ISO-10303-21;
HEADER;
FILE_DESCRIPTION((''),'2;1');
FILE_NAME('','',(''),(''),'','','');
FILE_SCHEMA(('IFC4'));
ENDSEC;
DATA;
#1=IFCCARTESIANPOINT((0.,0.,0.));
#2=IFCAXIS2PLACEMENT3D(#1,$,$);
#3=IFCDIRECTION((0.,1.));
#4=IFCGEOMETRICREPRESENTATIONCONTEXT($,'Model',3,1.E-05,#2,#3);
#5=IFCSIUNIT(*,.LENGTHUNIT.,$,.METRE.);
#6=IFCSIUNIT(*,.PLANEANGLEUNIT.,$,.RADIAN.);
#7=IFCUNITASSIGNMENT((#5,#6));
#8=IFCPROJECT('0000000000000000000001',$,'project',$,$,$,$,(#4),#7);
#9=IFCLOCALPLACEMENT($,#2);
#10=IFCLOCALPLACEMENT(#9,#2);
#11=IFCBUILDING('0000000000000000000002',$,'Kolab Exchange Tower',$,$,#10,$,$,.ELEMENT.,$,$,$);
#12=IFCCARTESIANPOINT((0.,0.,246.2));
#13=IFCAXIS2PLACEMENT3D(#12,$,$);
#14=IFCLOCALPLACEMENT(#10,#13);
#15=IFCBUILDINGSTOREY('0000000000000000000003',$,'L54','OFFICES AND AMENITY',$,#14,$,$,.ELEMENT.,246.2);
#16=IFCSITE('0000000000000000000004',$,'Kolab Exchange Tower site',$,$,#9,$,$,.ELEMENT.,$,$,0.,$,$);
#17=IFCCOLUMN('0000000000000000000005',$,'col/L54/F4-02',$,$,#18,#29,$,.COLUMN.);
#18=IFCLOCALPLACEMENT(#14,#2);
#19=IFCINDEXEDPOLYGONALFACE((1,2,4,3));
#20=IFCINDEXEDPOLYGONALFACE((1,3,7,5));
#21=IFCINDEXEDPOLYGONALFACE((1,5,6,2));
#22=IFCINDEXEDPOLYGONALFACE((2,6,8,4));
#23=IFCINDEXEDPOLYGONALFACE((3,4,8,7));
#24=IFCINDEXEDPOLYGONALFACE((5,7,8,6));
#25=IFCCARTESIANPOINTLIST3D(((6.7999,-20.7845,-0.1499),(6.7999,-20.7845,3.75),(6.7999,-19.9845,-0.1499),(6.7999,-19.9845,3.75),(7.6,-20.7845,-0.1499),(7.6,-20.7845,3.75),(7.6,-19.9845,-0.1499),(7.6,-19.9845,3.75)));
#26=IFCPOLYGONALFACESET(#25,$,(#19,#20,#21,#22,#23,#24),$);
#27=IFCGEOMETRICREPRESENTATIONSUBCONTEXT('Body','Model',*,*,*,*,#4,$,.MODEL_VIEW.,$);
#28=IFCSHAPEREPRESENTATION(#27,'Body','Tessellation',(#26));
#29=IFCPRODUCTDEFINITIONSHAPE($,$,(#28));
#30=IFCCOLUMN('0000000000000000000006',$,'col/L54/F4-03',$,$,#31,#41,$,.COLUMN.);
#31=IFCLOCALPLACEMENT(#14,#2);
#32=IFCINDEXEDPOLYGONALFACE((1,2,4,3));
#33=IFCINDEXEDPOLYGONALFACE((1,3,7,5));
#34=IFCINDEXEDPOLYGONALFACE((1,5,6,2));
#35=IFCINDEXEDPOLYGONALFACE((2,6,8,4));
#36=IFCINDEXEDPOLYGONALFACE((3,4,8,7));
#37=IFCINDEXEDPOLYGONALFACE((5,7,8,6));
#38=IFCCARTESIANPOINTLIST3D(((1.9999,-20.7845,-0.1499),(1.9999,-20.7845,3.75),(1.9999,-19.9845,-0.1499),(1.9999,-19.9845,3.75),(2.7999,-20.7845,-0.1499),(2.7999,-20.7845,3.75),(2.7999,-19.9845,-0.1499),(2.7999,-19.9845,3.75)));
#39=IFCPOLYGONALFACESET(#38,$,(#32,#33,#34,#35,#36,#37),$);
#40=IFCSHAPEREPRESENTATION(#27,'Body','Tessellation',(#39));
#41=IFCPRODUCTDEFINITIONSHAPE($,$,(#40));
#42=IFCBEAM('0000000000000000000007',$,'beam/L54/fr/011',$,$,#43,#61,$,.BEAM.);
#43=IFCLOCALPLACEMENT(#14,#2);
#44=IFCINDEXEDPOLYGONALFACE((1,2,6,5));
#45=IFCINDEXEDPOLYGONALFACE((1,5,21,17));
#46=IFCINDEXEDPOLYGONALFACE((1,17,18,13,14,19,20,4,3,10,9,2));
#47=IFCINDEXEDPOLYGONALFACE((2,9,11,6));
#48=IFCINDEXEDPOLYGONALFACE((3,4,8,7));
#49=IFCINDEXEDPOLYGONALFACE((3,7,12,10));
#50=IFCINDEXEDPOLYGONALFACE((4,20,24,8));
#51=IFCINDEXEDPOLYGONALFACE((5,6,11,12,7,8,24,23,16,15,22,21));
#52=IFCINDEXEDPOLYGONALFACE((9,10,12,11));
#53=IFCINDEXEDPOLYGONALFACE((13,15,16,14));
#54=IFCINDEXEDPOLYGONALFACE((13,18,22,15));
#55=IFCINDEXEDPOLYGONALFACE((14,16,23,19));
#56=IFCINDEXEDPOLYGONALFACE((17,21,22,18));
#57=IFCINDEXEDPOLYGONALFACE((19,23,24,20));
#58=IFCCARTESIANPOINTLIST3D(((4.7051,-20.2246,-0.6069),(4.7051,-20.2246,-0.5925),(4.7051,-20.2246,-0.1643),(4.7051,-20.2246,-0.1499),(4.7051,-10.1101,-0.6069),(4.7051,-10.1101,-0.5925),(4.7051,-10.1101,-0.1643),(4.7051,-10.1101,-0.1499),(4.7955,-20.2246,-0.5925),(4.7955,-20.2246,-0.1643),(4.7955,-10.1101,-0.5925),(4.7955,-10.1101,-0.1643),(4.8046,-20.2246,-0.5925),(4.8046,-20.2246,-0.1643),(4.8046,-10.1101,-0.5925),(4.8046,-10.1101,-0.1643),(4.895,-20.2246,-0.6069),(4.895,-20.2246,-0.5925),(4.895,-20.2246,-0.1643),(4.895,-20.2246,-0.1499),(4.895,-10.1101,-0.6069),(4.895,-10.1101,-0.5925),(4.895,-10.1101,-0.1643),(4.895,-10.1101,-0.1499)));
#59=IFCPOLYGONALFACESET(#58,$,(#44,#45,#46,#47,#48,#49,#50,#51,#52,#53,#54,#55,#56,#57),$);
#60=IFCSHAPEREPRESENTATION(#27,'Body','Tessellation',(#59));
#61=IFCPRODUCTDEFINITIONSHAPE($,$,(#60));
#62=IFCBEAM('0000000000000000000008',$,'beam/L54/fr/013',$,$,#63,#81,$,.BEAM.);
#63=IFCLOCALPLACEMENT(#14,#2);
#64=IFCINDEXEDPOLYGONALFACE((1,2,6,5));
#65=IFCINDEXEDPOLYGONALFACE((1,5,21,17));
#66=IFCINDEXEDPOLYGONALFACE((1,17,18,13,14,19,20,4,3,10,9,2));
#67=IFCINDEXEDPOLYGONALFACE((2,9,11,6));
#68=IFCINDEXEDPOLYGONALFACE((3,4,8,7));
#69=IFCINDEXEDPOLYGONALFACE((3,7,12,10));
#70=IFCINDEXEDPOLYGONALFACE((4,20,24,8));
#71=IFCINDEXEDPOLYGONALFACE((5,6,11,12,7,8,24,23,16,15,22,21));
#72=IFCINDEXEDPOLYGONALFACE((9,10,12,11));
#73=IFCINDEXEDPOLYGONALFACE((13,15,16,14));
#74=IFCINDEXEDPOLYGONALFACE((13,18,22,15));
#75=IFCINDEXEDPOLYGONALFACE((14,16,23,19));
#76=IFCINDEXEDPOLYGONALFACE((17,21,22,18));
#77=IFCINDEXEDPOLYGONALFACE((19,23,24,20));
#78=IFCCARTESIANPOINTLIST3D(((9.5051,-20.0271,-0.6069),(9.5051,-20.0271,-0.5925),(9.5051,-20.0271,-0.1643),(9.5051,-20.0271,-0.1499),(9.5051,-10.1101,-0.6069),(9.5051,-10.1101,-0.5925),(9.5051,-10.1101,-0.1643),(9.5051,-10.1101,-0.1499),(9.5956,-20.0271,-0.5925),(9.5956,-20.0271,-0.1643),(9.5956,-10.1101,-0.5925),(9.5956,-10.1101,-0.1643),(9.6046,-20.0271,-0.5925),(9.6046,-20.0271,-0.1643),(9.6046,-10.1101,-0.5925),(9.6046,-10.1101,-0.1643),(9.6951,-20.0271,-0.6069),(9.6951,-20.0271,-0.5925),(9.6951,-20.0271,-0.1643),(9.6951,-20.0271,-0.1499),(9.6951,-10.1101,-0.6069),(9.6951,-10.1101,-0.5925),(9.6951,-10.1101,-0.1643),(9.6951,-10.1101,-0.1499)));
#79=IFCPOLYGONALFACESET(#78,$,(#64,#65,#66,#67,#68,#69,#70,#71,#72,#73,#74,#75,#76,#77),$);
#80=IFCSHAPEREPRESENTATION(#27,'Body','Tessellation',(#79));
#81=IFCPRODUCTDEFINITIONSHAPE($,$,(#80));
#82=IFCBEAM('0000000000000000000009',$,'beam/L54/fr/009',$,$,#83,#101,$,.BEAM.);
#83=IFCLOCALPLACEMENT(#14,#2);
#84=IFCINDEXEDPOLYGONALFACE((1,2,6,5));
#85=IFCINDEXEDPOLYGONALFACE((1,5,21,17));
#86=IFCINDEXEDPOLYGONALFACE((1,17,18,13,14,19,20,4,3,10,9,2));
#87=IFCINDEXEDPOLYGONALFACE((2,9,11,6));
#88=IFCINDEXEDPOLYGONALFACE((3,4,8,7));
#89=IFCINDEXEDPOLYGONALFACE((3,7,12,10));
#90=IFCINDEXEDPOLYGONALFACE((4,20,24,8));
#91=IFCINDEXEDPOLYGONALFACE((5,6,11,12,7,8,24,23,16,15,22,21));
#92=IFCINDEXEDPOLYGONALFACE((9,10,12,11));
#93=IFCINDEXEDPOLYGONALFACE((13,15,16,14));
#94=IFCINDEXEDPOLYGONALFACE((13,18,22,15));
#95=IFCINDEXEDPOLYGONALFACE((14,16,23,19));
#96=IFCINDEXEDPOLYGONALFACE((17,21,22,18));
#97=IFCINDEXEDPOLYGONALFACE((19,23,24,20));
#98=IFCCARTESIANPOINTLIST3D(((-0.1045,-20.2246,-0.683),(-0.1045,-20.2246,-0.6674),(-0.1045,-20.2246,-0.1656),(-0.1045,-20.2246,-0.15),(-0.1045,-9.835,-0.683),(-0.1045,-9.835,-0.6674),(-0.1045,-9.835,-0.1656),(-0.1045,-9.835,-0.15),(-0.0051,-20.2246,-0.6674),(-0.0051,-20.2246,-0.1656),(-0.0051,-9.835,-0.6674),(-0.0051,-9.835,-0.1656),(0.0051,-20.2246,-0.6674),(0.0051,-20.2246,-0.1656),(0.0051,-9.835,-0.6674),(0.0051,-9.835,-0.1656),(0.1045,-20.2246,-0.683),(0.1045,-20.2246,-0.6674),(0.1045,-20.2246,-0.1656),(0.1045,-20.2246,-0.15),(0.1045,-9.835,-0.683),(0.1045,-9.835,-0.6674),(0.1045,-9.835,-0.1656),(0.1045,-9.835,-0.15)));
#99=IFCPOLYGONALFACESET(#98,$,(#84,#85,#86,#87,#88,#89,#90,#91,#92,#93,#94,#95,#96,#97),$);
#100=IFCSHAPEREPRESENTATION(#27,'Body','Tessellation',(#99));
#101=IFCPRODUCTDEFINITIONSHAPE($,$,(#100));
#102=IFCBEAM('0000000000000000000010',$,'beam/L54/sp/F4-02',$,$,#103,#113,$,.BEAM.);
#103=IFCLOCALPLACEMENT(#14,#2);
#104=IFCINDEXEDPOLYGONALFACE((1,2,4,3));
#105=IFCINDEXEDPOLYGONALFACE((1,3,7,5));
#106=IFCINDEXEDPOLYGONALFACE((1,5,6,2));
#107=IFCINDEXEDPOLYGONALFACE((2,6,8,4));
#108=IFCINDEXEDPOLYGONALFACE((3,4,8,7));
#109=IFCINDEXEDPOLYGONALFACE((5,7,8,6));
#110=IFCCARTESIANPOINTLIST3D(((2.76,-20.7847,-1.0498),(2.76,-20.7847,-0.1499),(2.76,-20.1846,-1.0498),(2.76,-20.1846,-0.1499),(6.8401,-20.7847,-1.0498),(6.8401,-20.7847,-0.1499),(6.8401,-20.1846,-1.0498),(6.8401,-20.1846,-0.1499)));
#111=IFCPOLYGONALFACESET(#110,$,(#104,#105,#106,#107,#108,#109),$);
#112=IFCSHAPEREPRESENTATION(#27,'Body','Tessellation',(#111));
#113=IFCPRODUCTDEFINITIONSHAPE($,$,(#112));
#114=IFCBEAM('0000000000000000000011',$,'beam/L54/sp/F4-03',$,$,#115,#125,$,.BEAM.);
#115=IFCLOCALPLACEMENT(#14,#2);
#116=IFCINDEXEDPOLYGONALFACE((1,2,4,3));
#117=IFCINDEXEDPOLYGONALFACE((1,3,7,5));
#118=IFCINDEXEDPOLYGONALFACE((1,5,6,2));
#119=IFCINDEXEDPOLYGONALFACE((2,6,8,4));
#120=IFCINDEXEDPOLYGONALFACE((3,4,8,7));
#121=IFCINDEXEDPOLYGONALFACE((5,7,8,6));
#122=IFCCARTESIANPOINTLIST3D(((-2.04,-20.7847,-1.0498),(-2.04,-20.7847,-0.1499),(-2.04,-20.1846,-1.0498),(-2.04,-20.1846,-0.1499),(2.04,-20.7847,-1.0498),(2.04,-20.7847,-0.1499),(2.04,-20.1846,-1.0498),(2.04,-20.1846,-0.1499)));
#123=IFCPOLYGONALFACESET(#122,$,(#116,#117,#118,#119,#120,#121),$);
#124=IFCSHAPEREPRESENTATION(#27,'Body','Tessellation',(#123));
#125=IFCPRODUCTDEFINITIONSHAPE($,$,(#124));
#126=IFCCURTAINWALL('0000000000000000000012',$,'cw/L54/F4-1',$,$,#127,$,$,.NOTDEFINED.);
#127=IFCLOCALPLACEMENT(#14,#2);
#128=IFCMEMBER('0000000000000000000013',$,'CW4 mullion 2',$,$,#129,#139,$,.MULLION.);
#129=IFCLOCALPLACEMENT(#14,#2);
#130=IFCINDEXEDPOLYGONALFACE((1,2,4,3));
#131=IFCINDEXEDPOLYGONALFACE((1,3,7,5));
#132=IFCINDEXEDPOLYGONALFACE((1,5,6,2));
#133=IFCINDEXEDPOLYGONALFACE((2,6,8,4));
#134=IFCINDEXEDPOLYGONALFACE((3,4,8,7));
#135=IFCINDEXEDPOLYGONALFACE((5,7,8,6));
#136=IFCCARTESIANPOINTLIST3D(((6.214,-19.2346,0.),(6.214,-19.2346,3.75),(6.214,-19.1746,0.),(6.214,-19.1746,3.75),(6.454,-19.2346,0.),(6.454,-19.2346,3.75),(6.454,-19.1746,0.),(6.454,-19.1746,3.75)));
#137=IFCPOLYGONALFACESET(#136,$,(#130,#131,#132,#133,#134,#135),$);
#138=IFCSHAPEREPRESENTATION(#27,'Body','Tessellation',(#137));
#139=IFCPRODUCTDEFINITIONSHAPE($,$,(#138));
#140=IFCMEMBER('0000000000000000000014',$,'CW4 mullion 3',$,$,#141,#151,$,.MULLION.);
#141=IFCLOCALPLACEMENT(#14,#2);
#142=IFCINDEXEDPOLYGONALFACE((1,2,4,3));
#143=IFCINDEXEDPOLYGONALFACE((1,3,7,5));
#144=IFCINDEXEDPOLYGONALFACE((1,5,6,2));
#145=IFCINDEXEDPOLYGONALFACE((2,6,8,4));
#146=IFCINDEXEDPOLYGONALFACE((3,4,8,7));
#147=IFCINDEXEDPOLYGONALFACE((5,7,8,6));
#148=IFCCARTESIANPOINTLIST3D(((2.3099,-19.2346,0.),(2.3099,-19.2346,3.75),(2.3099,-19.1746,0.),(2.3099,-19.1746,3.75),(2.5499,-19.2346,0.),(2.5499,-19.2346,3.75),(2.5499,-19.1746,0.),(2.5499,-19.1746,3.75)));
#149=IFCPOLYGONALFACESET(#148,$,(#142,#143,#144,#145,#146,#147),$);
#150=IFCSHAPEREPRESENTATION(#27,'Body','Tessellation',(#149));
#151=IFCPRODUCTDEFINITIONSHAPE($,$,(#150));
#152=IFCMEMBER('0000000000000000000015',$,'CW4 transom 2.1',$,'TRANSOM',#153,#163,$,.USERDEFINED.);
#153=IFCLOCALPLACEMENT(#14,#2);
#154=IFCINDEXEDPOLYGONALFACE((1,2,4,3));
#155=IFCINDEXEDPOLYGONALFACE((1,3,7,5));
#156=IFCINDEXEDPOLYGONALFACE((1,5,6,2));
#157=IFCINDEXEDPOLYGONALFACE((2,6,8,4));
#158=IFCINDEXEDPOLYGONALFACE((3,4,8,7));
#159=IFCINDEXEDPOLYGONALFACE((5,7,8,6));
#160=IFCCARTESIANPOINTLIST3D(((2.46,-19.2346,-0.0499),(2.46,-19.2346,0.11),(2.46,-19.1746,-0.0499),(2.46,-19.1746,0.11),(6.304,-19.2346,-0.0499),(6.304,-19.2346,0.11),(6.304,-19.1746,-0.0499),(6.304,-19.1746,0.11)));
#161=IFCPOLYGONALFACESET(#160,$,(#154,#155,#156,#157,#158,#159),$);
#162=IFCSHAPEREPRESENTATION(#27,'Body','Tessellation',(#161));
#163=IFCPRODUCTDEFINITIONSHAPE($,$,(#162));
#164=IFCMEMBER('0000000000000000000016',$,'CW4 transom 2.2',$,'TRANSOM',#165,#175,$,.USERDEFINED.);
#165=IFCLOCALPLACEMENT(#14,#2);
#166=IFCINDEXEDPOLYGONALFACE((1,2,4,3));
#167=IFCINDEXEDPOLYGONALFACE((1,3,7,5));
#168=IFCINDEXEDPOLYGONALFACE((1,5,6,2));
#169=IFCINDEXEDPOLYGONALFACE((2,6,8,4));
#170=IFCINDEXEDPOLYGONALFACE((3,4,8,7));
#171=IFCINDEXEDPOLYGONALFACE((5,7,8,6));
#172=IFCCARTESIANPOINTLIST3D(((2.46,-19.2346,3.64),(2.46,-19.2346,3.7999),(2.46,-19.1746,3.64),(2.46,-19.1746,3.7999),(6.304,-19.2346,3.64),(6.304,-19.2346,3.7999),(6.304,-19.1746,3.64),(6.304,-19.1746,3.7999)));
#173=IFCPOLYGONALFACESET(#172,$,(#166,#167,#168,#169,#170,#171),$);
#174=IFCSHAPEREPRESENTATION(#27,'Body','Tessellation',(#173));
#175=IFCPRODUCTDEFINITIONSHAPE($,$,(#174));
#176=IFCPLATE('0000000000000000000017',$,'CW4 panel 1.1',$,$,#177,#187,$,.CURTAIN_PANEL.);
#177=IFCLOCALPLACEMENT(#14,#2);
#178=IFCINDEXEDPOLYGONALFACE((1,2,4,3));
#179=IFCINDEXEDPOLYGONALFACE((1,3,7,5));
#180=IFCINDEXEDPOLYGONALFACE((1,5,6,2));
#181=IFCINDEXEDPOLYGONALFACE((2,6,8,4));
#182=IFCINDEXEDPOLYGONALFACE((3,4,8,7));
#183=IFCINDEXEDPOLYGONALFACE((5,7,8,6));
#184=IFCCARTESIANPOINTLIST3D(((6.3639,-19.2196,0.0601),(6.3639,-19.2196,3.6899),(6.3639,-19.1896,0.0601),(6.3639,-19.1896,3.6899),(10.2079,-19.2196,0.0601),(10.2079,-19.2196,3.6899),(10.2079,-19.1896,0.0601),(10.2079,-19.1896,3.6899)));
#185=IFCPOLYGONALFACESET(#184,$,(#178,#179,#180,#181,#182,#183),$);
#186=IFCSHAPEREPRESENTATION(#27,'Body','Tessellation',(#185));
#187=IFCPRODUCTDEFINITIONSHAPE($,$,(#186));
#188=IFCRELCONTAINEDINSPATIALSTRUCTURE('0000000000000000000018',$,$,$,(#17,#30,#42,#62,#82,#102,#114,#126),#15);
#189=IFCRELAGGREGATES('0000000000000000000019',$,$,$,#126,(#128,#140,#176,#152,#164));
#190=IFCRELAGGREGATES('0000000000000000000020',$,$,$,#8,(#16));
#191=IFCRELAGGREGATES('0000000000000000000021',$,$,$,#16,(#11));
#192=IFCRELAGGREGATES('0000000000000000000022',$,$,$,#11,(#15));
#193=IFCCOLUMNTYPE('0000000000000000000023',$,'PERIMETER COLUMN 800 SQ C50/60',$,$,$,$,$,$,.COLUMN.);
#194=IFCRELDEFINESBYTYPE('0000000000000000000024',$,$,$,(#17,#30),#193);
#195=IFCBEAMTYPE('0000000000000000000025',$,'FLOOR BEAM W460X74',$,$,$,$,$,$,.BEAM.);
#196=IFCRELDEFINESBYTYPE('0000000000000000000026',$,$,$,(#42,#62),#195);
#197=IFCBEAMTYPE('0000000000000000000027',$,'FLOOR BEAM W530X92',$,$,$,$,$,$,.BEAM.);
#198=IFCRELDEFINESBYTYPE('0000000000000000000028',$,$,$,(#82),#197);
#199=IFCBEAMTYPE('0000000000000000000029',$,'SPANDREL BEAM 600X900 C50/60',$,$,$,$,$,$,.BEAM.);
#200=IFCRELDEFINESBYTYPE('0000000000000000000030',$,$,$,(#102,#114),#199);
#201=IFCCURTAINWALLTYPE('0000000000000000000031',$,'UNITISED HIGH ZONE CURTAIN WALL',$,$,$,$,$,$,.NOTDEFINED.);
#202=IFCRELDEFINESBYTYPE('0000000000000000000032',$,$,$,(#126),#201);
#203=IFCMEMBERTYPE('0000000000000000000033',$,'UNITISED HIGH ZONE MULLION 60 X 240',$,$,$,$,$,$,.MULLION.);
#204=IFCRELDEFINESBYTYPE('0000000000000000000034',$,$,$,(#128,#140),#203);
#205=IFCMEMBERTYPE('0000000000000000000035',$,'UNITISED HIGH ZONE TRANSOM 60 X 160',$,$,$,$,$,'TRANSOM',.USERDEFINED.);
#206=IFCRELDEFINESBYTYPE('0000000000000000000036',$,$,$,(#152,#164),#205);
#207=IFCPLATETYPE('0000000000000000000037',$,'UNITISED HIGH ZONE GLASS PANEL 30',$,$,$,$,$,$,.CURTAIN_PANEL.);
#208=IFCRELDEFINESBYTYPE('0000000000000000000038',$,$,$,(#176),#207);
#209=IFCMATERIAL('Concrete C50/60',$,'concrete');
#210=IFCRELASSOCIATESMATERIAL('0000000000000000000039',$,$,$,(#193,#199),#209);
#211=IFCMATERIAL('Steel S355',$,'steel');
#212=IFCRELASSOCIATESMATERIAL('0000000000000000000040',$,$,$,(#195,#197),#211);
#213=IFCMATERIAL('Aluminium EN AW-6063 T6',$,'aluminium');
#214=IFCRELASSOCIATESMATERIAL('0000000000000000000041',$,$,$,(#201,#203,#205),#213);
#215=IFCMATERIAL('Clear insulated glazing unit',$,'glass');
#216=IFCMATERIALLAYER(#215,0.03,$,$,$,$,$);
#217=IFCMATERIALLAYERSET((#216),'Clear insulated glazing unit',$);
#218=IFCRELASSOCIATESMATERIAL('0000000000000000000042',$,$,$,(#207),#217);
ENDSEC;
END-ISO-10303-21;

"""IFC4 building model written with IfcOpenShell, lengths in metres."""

from ifc_helpers import new_model, si_unit, direction, frame, origin, origin_2d, place, context, subcontext, project, spatial, rectangle, i_section, extrude, material, layer, layer_set, material_profile, profile_set, type_object, element, aggregate, save


model = new_model("IFC4")

# Units and contexts
model_context = context("Model", 3, precision=1e-05, world=origin(), true_north=direction((0.0, 1.0)))
body_context = subcontext(model_context, "Body", "Model", "MODEL_VIEW")
ifc_project = project(units=[si_unit("LENGTHUNIT", "METRE"), si_unit("PLANEANGLEUNIT", "RADIAN")], contexts=[model_context])

# Site, building, storey
site_placement = place(None, origin())
site = spatial("IfcSite", under=ifc_project, at=site_placement, Name="Kolab Exchange Tower site", CompositionType="ELEMENT", RefElevation=0.0)
building_placement = place(site_placement, origin())
building = spatial("IfcBuilding", under=site, at=building_placement, Name="Kolab Exchange Tower", CompositionType="ELEMENT")
storey_placement = place(building_placement, frame((0.0, 0.0, 246.2)))
storey = spatial("IfcBuildingStorey", under=building, at=storey_placement, Name="L54", Description="OFFICES AND AMENITY", CompositionType="ELEMENT", Elevation=246.2)

# Columns
ifc_material_1 = material(Name="Concrete C50/60", Category="concrete")
ifc_material_profile_1 = material_profile(ifc_material_1, rectangle(XDim=0.8, YDim=0.8, at=origin_2d()), Name="RC800")
ifc_profile_set_1 = profile_set([ifc_material_profile_1], Name="Concrete C50/60")
column_type = type_object("IfcColumnType", Name="PERIMETER COLUMN 800 SQ C50/60", PredefinedType="COLUMN", material=ifc_profile_set_1)
for number, where, z_axis, x_axis, name in (
    (1, (7.2, -20.3845, -0.1499), (0.0, 0.0, 1.0), (1.0, 0.0, 0.0), "col/L54/F4-02"),
    (2, (2.3999, -20.3845, -0.1499), (0.0, 0.0, 1.0), (1.0, 0.0, 0.0), "col/L54/F4-03"),
):
    element("IfcColumn", number, at=place(storey_placement, frame(where, z_axis=z_axis, x_axis=x_axis)), inside=storey, type_object=column_type, Name=name, PredefinedType="COLUMN", context=body_context, shape_type="SweptSolid", body=[
        extrude(rectangle(XDim=0.8, YDim=0.8, at=origin_2d()), origin(), (0.0, 0.0, 1.0), 3.8999),
    ])

# Beams
ifc_material_2 = material(Name="Steel S355", Category="steel")
ifc_material_profile_2 = material_profile(ifc_material_2, i_section(OverallWidth=0.1899, OverallDepth=0.457, WebThickness=0.009, FlangeThickness=0.0144, at=origin_2d()), Name="W460X74")
ifc_profile_set_2 = profile_set([ifc_material_profile_2], Name="Steel S355")
beam_type_1 = type_object("IfcBeamType", Name="FLOOR BEAM W460X74", PredefinedType="BEAM", material=ifc_profile_set_2)
beam_1_placement = place(storey_placement, frame((4.8, -20.2246, -0.3784), z_axis=(0.0, 1.0, 0.0), x_axis=(-1.0, 0.0, 0.0)))
element("IfcBeam", 3, at=beam_1_placement, inside=storey, type_object=beam_type_1, Name="beam/L54/fr/011", PredefinedType="BEAM", context=body_context, shape_type="SweptSolid", body=[
    extrude(i_section(OverallWidth=0.1899, OverallDepth=0.457, WebThickness=0.009, FlangeThickness=0.0144, at=origin_2d()), origin(), (0.0, 0.0, 1.0), 10.1145),
])
beam_2_placement = place(storey_placement, frame((9.6001, -20.0271, -0.3784), z_axis=(0.0, 1.0, 0.0), x_axis=(-1.0, 0.0, 0.0)))
element("IfcBeam", 4, at=beam_2_placement, inside=storey, type_object=beam_type_1, Name="beam/L54/fr/013", PredefinedType="BEAM", context=body_context, shape_type="SweptSolid", body=[
    extrude(i_section(OverallWidth=0.1899, OverallDepth=0.457, WebThickness=0.009, FlangeThickness=0.0144, at=origin_2d()), origin(), (0.0, 0.0, 1.0), 9.917),
])
ifc_material_profile_3 = material_profile(ifc_material_2, i_section(OverallWidth=0.209, OverallDepth=0.533, WebThickness=0.0103, FlangeThickness=0.0156, at=origin_2d()), Name="W530X92")
ifc_profile_set_3 = profile_set([ifc_material_profile_3], Name="Steel S355")
beam_type_2 = type_object("IfcBeamType", Name="FLOOR BEAM W530X92", PredefinedType="BEAM", material=ifc_profile_set_3)
beam_3_placement = place(storey_placement, frame((0.0, -20.2246, -0.4165), z_axis=(0.0, 1.0, 0.0), x_axis=(-1.0, 0.0, 0.0)))
element("IfcBeam", 5, at=beam_3_placement, inside=storey, type_object=beam_type_2, Name="beam/L54/fr/009", PredefinedType="BEAM", context=body_context, shape_type="SweptSolid", body=[
    extrude(i_section(OverallWidth=0.209, OverallDepth=0.533, WebThickness=0.0103, FlangeThickness=0.0156, at=origin_2d()), origin(), (0.0, 0.0, 1.0), 10.3896),
])
ifc_material_profile_4 = material_profile(ifc_material_1, rectangle(XDim=0.6001, YDim=0.8999, at=origin_2d()), Name="RC600X900")
ifc_profile_set_4 = profile_set([ifc_material_profile_4], Name="Concrete C50/60")
beam_type_3 = type_object("IfcBeamType", Name="SPANDREL BEAM 600X900 C50/60", PredefinedType="BEAM", material=ifc_profile_set_4)
for number, where, z_axis, x_axis, name in (
    (6, (6.8401, -20.4846, -0.5999), (-1.0, 0.0, 0.0), (0.0, -1.0, 0.0), "beam/L54/sp/F4-02"),
    (7, (2.04, -20.4846, -0.5999), (-1.0, 0.0, 0.0), (0.0, -1.0, 0.0), "beam/L54/sp/F4-03"),
):
    element("IfcBeam", number, at=place(storey_placement, frame(where, z_axis=z_axis, x_axis=x_axis)), inside=storey, type_object=beam_type_3, Name=name, PredefinedType="BEAM", context=body_context, shape_type="SweptSolid", body=[
        extrude(rectangle(XDim=0.6001, YDim=0.8999, at=origin_2d()), origin(), (0.0, 0.0, 1.0), 4.0801),
    ])

# Curtain wall, members, plate
ifc_material_3 = material(Name="Aluminium EN AW-6063 T6", Category="aluminium")
curtain_wall_type = type_object("IfcCurtainWallType", Name="UNITISED HIGH ZONE CURTAIN WALL", PredefinedType="NOTDEFINED", material=ifc_material_3)
curtain_wall_placement = place(storey_placement, origin())
curtain_wall = element("IfcCurtainWall", 8, at=curtain_wall_placement, inside=storey, type_object=curtain_wall_type, Name="cw/L54/F4-1", PredefinedType="NOTDEFINED")
ifc_material_profile_5 = material_profile(ifc_material_3, rectangle(XDim=0.0601, YDim=0.24, at=origin_2d()), Name="RECT 60X240")
ifc_profile_set_5 = profile_set([ifc_material_profile_5], Name="Aluminium EN AW-6063 T6")
member_type_1 = type_object("IfcMemberType", Name="UNITISED HIGH ZONE MULLION 60 X 240", PredefinedType="MULLION", material=ifc_profile_set_5)
member_1_placement = place(storey_placement, frame((6.334, -19.2046, 0.0), z_axis=(0.0, 0.0, 1.0), x_axis=(0.0, -1.0, 0.0)))
member_1 = element("IfcMember", 9, at=member_1_placement, type_object=member_type_1, Name="CW4 mullion 2", PredefinedType="MULLION", context=body_context, shape_type="SweptSolid", body=[
    extrude(rectangle(XDim=0.0601, YDim=0.24, at=origin_2d()), origin(), (0.0, 0.0, 1.0), 3.75),
])
member_2_placement = place(storey_placement, frame((2.4299, -19.2046, 0.0), z_axis=(0.0, 0.0, 1.0), x_axis=(0.0, -1.0, 0.0)))
member_2 = element("IfcMember", 10, at=member_2_placement, type_object=member_type_1, Name="CW4 mullion 3", PredefinedType="MULLION", context=body_context, shape_type="SweptSolid", body=[
    extrude(rectangle(XDim=0.0601, YDim=0.24, at=origin_2d()), origin(), (0.0, 0.0, 1.0), 3.75),
])
ifc_material_profile_6 = material_profile(ifc_material_3, rectangle(XDim=0.0601, YDim=0.1599, at=origin_2d()), Name="RECT 60X160")
ifc_profile_set_6 = profile_set([ifc_material_profile_6], Name="Aluminium EN AW-6063 T6")
member_type_2 = type_object("IfcMemberType", Name="UNITISED HIGH ZONE TRANSOM 60 X 160", ElementType="TRANSOM", PredefinedType="USERDEFINED", material=ifc_profile_set_6)
member_3_placement = place(storey_placement, frame((6.304, -19.2046, 0.03), z_axis=(-1.0, 0.0, 0.0), x_axis=(0.0, -1.0, 0.0)))
member_3 = element("IfcMember", 11, at=member_3_placement, type_object=member_type_2, Name="CW4 transom 2.1", ObjectType="TRANSOM", PredefinedType="USERDEFINED", context=body_context, shape_type="SweptSolid", body=[
    extrude(rectangle(XDim=0.0601, YDim=0.1599, at=origin_2d()), origin(), (0.0, 0.0, 1.0), 3.844),
])
member_4_placement = place(storey_placement, frame((6.304, -19.2046, 3.72), z_axis=(-1.0, 0.0, 0.0), x_axis=(0.0, -1.0, 0.0)))
member_4 = element("IfcMember", 12, at=member_4_placement, type_object=member_type_2, Name="CW4 transom 2.2", ObjectType="TRANSOM", PredefinedType="USERDEFINED", context=body_context, shape_type="SweptSolid", body=[
    extrude(rectangle(XDim=0.0601, YDim=0.1599, at=origin_2d()), origin(), (0.0, 0.0, 1.0), 3.844),
])
ifc_material_4 = material(Name="Clear insulated glazing unit", Category="glass")
ifc_layer_1 = layer(ifc_material_4, 0.03)
ifc_layer_set_1 = layer_set([ifc_layer_1], Name="Clear insulated glazing unit")
plate_type = type_object("IfcPlateType", Name="UNITISED HIGH ZONE GLASS PANEL 30", PredefinedType="CURTAIN_PANEL", material=ifc_layer_set_1)
plate_1_placement = place(storey_placement, frame((8.2859, -19.2046, 0.0601), z_axis=(0.0, 0.0, 1.0), x_axis=(-1.0, 0.0, 0.0)))
plate_1 = element("IfcPlate", 13, at=plate_1_placement, type_object=plate_type, Name="CW4 panel 1.1", PredefinedType="CURTAIN_PANEL", context=body_context, shape_type="SweptSolid", body=[
    extrude(rectangle(XDim=3.844, YDim=0.03, at=origin_2d()), origin(), (0.0, 0.0, 1.0), 3.6299),
])
aggregate(curtain_wall, [member_1, member_2, plate_1, member_3, member_4])

save(model, "model.ifc")
